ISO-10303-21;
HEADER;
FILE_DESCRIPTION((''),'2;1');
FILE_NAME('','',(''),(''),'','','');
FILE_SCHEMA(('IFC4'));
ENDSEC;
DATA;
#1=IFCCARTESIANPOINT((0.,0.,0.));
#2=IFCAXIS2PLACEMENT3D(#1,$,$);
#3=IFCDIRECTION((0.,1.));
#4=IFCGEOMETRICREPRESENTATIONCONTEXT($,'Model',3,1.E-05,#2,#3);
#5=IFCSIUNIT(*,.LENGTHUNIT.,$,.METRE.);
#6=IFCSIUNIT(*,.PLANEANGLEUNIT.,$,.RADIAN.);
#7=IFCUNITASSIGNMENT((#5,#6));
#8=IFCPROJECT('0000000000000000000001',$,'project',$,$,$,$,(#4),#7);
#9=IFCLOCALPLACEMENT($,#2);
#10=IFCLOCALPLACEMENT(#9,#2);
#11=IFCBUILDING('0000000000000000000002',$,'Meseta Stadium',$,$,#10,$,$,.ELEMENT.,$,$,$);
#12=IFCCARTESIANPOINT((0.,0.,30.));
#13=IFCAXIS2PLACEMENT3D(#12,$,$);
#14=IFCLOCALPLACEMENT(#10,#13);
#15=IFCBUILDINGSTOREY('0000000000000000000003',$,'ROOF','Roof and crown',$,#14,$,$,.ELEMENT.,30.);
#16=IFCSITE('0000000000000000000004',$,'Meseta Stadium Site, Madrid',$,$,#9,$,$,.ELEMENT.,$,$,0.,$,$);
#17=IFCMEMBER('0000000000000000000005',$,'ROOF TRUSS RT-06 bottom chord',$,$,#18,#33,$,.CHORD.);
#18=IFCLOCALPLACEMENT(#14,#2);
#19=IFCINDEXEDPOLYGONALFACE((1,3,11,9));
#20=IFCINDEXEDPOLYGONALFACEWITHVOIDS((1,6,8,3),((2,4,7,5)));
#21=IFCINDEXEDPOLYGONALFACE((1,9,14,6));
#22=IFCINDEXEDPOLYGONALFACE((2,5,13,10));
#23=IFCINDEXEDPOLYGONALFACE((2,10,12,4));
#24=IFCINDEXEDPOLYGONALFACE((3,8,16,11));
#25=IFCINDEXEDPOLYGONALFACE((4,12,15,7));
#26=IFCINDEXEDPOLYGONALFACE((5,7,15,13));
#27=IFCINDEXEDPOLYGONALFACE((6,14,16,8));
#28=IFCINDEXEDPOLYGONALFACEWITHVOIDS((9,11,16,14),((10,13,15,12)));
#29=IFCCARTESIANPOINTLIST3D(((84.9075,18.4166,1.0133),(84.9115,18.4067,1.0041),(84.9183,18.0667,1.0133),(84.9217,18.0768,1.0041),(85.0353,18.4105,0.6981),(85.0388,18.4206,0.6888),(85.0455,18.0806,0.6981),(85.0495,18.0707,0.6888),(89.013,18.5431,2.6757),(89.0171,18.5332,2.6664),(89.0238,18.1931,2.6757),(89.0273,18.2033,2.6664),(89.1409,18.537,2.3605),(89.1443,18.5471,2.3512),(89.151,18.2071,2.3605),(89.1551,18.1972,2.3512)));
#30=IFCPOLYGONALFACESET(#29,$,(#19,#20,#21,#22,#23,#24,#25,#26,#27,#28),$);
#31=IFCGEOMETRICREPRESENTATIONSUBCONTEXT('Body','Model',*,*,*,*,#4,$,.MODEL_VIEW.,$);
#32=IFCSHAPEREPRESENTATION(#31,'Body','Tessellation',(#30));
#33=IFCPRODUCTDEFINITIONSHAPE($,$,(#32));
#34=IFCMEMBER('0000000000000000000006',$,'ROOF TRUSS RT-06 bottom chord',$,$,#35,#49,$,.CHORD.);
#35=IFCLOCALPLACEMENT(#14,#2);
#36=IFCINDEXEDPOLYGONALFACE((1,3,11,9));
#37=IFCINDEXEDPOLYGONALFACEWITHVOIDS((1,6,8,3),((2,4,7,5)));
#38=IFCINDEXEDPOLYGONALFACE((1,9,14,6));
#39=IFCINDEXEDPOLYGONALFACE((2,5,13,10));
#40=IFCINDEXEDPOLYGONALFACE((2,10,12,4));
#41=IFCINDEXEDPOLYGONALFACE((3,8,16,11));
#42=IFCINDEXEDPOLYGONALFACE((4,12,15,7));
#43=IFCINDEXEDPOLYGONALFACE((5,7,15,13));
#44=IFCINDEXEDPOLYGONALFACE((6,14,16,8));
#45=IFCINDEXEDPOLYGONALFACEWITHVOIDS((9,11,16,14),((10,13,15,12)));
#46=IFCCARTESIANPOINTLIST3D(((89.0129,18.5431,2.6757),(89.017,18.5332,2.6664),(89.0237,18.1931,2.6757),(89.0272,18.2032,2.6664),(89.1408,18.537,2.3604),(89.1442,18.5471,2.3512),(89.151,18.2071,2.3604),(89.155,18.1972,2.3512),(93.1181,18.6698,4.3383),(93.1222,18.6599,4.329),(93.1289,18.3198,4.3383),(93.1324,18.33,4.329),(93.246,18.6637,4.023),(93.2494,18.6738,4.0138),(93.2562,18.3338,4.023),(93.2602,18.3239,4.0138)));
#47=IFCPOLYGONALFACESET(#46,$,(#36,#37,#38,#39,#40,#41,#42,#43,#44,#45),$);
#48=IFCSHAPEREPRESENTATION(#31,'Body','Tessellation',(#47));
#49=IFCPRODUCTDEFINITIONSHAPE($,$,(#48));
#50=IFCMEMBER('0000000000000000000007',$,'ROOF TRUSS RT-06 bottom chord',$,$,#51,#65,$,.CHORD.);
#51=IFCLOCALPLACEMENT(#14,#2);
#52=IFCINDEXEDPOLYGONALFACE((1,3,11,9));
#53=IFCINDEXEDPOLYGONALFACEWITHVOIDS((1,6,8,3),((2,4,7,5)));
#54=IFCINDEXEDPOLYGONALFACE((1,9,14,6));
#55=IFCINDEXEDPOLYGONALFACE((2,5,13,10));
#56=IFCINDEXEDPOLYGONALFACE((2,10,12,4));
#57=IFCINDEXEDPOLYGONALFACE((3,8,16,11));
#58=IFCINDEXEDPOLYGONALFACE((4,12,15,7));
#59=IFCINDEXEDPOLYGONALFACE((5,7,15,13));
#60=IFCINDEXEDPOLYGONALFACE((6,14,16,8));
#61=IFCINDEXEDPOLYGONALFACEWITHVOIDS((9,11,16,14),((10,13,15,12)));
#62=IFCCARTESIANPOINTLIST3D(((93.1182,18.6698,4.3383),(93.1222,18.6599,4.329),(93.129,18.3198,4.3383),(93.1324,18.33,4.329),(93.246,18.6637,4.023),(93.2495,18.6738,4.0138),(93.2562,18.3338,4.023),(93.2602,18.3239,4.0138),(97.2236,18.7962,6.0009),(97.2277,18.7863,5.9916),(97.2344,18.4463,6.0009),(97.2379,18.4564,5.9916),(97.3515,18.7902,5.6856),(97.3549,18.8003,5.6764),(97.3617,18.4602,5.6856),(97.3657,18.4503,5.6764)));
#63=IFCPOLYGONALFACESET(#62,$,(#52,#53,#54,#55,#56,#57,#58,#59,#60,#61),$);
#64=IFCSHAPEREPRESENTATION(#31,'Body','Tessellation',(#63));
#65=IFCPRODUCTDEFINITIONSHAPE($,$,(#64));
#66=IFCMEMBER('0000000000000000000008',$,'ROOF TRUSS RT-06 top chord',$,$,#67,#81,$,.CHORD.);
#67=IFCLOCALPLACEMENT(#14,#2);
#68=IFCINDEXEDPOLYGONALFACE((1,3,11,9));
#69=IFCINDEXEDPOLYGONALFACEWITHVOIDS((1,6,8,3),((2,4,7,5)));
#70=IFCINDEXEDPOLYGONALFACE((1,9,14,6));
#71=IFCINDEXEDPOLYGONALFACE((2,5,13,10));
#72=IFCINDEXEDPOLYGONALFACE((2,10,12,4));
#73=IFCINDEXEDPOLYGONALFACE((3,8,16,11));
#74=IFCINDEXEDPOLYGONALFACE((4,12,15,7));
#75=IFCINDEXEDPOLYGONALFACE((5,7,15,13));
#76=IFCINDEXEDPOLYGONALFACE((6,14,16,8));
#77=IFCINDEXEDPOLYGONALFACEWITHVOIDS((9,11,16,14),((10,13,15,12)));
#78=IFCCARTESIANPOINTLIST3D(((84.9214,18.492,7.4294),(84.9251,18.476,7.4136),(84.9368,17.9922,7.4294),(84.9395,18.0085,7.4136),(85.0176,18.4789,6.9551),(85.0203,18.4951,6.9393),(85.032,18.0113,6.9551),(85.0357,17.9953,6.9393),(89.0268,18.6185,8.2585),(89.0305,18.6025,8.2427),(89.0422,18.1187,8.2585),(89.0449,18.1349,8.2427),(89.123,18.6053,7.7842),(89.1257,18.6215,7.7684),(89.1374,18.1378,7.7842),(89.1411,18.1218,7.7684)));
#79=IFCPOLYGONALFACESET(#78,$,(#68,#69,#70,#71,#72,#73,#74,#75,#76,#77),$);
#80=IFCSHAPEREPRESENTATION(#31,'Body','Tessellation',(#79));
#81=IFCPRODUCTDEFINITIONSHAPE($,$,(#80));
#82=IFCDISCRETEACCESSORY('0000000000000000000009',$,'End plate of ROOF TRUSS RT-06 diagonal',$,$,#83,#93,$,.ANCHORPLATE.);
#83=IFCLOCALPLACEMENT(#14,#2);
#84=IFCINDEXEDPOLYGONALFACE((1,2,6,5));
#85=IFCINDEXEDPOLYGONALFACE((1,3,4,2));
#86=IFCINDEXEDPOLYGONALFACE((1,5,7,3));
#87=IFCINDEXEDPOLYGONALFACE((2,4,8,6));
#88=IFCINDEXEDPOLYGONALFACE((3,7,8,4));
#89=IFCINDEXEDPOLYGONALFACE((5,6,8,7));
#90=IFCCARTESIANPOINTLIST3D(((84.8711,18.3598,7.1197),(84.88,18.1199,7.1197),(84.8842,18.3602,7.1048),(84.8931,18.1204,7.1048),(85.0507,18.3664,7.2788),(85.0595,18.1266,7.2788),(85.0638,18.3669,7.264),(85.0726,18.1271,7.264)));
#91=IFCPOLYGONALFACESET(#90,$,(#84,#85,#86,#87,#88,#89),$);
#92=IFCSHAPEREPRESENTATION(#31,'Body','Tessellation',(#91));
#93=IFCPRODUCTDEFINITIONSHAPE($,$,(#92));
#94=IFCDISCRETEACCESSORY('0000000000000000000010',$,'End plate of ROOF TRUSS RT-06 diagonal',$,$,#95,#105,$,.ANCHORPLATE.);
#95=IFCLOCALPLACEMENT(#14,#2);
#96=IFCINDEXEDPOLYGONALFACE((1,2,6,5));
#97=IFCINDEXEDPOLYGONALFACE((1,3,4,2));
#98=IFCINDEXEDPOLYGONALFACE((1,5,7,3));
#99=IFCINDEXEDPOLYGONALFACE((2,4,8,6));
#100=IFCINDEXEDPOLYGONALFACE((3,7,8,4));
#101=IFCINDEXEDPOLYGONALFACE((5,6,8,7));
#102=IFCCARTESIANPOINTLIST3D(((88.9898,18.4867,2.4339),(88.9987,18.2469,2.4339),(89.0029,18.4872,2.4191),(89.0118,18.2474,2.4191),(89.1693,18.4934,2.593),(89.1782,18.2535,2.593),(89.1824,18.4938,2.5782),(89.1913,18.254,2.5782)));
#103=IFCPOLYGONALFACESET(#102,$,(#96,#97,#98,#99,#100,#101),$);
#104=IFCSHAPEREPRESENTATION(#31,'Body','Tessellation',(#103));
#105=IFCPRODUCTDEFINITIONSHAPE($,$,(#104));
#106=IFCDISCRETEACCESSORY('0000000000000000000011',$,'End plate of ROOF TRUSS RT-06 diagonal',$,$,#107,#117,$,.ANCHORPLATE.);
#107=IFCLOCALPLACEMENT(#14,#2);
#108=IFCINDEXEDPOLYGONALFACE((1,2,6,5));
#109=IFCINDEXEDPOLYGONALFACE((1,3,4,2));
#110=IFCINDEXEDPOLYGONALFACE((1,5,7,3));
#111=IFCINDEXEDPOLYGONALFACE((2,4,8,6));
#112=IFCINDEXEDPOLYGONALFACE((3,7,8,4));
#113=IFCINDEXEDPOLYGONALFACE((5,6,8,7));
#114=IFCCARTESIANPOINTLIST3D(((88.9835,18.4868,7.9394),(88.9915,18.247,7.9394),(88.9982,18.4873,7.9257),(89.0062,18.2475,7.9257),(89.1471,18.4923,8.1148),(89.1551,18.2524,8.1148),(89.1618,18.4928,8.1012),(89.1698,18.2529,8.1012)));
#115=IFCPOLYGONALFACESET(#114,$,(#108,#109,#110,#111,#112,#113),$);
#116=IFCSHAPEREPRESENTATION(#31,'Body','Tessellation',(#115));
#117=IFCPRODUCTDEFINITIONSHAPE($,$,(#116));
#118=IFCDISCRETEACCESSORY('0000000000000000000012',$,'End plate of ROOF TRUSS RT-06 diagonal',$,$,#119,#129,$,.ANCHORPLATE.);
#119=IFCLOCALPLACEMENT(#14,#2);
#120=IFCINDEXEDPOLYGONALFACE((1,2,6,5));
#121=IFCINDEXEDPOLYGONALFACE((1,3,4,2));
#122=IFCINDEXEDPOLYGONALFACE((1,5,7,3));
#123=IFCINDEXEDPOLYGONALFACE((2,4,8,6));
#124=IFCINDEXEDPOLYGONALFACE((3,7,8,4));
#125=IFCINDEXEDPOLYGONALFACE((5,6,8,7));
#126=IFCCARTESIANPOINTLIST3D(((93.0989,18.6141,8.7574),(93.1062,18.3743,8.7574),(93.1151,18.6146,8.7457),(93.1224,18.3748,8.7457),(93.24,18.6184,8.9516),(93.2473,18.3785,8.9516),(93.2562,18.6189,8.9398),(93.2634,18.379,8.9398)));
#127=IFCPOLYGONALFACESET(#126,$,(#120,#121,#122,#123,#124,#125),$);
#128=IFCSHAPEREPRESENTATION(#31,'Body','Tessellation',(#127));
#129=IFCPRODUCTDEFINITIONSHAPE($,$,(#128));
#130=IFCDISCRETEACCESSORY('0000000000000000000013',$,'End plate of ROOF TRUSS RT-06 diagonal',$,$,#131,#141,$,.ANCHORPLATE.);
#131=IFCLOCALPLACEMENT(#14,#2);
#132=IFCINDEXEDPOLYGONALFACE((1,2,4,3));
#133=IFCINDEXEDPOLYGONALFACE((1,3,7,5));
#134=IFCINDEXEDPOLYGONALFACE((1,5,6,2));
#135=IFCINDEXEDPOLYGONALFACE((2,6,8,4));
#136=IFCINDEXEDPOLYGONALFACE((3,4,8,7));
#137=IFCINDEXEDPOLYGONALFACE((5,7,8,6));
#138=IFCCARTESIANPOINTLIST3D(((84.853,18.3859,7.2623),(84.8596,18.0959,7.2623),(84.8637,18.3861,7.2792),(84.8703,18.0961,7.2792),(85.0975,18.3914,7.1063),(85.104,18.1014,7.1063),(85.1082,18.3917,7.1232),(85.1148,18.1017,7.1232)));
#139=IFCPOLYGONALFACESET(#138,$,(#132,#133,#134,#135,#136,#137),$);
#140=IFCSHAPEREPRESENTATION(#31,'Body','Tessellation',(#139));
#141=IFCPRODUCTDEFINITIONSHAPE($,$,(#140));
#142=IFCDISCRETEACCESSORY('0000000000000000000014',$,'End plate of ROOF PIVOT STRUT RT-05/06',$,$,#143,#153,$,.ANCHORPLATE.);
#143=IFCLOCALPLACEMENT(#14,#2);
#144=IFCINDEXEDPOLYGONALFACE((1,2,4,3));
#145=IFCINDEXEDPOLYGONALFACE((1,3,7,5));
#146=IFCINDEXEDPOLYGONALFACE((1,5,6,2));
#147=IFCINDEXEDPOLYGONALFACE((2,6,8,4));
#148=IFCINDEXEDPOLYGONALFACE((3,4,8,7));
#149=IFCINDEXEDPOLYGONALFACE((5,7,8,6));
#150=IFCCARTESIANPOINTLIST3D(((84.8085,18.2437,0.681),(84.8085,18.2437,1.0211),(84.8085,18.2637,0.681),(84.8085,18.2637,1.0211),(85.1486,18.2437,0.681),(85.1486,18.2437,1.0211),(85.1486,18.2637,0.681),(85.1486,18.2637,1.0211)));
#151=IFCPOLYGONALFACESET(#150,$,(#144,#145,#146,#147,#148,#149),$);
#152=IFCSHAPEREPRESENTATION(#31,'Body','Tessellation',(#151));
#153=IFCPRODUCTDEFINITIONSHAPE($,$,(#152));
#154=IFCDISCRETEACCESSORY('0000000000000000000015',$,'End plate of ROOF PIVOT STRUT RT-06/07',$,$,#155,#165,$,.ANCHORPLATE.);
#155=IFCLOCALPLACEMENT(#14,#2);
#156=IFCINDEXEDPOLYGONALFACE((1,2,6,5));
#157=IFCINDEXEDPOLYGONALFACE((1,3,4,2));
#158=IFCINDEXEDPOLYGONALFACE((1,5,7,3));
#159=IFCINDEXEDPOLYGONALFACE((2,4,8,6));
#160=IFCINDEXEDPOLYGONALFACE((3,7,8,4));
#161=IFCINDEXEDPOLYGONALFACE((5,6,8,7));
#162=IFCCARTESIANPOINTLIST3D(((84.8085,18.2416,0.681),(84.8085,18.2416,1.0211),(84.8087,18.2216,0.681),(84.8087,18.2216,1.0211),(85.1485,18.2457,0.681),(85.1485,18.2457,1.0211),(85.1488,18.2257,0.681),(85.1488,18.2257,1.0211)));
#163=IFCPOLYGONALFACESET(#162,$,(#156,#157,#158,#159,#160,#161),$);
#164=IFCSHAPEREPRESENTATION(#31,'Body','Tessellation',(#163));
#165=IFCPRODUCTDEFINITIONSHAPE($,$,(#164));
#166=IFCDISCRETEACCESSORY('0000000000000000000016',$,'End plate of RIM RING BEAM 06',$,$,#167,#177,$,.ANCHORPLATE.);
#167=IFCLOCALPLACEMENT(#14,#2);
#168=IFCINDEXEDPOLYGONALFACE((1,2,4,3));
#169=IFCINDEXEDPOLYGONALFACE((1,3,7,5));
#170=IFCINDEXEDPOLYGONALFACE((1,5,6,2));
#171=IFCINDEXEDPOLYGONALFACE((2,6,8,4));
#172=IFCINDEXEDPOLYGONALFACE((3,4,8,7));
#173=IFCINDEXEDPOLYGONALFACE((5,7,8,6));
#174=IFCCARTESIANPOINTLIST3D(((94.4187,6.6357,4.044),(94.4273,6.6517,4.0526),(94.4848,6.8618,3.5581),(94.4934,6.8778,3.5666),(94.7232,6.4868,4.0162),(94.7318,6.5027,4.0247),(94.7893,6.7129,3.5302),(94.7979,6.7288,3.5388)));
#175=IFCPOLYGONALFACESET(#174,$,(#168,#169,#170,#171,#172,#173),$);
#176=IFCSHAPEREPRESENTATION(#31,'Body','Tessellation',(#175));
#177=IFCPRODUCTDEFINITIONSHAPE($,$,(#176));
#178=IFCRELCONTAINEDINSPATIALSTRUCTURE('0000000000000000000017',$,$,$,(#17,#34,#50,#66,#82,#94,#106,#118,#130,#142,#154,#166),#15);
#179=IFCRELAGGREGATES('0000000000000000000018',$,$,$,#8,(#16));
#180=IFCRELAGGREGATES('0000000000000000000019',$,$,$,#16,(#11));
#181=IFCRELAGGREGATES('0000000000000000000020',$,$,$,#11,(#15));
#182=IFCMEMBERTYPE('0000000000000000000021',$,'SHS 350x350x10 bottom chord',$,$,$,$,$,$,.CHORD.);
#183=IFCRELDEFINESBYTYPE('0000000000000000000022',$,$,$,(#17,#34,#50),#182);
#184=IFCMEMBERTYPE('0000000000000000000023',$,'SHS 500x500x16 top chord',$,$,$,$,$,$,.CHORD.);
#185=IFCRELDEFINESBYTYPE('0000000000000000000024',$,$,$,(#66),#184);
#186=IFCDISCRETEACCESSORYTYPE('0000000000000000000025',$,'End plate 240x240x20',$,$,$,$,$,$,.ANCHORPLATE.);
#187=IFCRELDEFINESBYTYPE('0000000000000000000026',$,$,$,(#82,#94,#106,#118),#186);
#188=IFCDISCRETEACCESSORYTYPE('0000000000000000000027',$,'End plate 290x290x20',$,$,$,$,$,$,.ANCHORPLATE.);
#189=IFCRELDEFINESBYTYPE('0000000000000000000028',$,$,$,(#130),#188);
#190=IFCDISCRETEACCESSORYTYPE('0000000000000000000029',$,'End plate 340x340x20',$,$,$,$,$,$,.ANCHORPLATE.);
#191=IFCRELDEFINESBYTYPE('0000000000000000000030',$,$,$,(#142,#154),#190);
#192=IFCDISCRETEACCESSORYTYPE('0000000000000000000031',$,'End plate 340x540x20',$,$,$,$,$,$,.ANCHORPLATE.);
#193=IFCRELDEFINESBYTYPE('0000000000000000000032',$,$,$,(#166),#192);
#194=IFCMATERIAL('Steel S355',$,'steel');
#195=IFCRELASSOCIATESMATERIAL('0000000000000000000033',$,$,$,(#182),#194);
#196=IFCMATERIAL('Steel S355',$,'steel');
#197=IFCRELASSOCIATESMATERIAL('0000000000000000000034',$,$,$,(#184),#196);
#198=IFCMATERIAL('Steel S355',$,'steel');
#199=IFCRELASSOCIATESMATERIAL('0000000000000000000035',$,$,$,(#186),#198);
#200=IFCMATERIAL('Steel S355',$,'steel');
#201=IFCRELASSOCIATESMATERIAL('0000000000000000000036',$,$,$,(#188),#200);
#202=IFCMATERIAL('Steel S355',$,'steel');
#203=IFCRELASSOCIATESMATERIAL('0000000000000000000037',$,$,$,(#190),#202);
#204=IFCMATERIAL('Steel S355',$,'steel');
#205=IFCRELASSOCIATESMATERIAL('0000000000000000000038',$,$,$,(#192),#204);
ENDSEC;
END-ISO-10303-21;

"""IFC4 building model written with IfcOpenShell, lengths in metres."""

from ifc_helpers import new_model, si_unit, direction, frame, origin, origin_2d, place, context, subcontext, project, spatial, rectangle, hollow_rectangle, extrude, material, material_profile, profile_set, type_object, element, save


model = new_model("IFC4")

# Units and contexts
model_context = context("Model", 3, precision=1e-05, world=origin(), true_north=direction((0.0, 1.0)))
body_context = subcontext(model_context, "Body", "Model", "MODEL_VIEW")
ifc_project = project(units=[si_unit("LENGTHUNIT", "METRE"), si_unit("PLANEANGLEUNIT", "RADIAN")], contexts=[model_context])

# Site, building, storey
site_placement = place(None, origin())
site = spatial("IfcSite", under=ifc_project, at=site_placement, Name="Meseta Stadium Site, Madrid", CompositionType="ELEMENT", RefElevation=0.0)
building_placement = place(site_placement, origin())
building = spatial("IfcBuilding", under=site, at=building_placement, Name="Meseta Stadium", CompositionType="ELEMENT")
storey_placement = place(building_placement, frame((0.0, 0.0, 30.0)))
storey = spatial("IfcBuildingStorey", under=building, at=storey_placement, Name="ROOF", Description="Roof and crown", CompositionType="ELEMENT", Elevation=30.0)

# Members
ifc_material_1 = material(Name="Steel S355", Category="steel")
ifc_material_profile_1 = material_profile(ifc_material_1, hollow_rectangle(XDim=0.3501, YDim=0.3501, WallThickness=0.01, at=origin_2d()), Name="SHS 350x350x10")
ifc_profile_set_1 = profile_set([ifc_material_profile_1], Name="Steel S355")
member_type_1 = type_object("IfcMemberType", Name="SHS 350x350x10 bottom chord", PredefinedType="CHORD", material=ifc_profile_set_1)
member_1_placement = place(storey_placement, frame((84.9785, 18.2437, 0.8511), z_axis=(0.926521, 0.028541, 0.375159), x_axis=(-0.030789, 0.999526, 0.0)))
element("IfcMember", 1, at=member_1_placement, inside=storey, type_object=member_type_1, Name="ROOF TRUSS RT-06 bottom chord", PredefinedType="CHORD", context=body_context, shape_type="SweptSolid", body=[
    extrude(hollow_rectangle(XDim=0.3501, YDim=0.3501, WallThickness=0.01, at=origin_2d()), origin(), (0.0, 0.0, 1.0), 4.4312),
])
member_2_placement = place(storey_placement, frame((89.084, 18.3701, 2.5134), z_axis=(0.926492, 0.028596, 0.375225), x_axis=(-0.030851, 0.999524, 0.0)))
element("IfcMember", 2, at=member_2_placement, inside=storey, type_object=member_type_1, Name="ROOF TRUSS RT-06 bottom chord", PredefinedType="CHORD", context=body_context, shape_type="SweptSolid", body=[
    extrude(hollow_rectangle(XDim=0.3501, YDim=0.3501, WallThickness=0.01, at=origin_2d()), origin(), (0.0, 0.0, 1.0), 4.4309),
])
member_3_placement = place(storey_placement, frame((93.1892, 18.4968, 4.176), z_axis=(0.926502, 0.02854, 0.375207), x_axis=(-0.030789, 0.999526, 0.0)))
element("IfcMember", 3, at=member_3_placement, inside=storey, type_object=member_type_1, Name="ROOF TRUSS RT-06 bottom chord", PredefinedType="CHORD", context=body_context, shape_type="SweptSolid", body=[
    extrude(hollow_rectangle(XDim=0.3501, YDim=0.3501, WallThickness=0.01, at=origin_2d()), origin(), (0.0, 0.0, 1.0), 4.4312),
])
ifc_material_2 = material(Name="Steel S355", Category="steel")
ifc_material_profile_2 = material_profile(ifc_material_2, hollow_rectangle(XDim=0.5, YDim=0.5, WallThickness=0.0161, at=origin_2d()), Name="SHS 500x500x16")
ifc_profile_set_2 = profile_set([ifc_material_profile_2], Name="Steel S355")
member_type_2 = type_object("IfcMemberType", Name="SHS 500x500x16 top chord", PredefinedType="CHORD", material=ifc_profile_set_2)
member_4_placement = place(storey_placement, frame((84.9785, 18.2437, 7.1843), z_axis=(0.979765, 0.030181, 0.197864), x_axis=(-0.030789, 0.999526, 0.0)))
element("IfcMember", 4, at=member_4_placement, inside=storey, type_object=member_type_2, Name="ROOF TRUSS RT-06 top chord", PredefinedType="CHORD", context=body_context, shape_type="SweptSolid", body=[
    extrude(hollow_rectangle(XDim=0.5, YDim=0.5, WallThickness=0.0161, at=origin_2d()), origin(), (0.0, 0.0, 1.0), 4.1902),
])

# Discrete accessories
ifc_material_3 = material(Name="Steel S355", Category="steel")
ifc_material_profile_3 = material_profile(ifc_material_3, rectangle(XDim=0.24, YDim=0.24, at=origin_2d()), Name="PL 240x240")
ifc_profile_set_3 = profile_set([ifc_material_profile_3], Name="Steel S355")
discrete_accessory_type_1 = type_object("IfcDiscreteAccessoryType", Name="End plate 240x240x20", PredefinedType="ANCHORPLATE", material=ifc_profile_set_3)
for number, where, z_axis, x_axis, name in (
    (5, (84.9653, 18.2432, 7.1992), (0.662639, 0.024542, -0.748537), (-0.037012, 0.999315, 0.0), "End plate of ROOF TRUSS RT-06 diagonal"),
    (6, (89.084, 18.3701, 2.5134), (0.662639, 0.024542, -0.748537), (-0.037012, 0.999315, 0.0), "End plate of ROOF TRUSS RT-06 diagonal"),
):
    element("IfcDiscreteAccessory", number, at=place(storey_placement, frame(where, z_axis=z_axis, x_axis=x_axis)), inside=storey, type_object=discrete_accessory_type_1, Name=name, PredefinedType="ANCHORPLATE", context=body_context, shape_type="SweptSolid", body=[
        extrude(rectangle(XDim=0.24, YDim=0.24, at=origin_2d()), origin(), (0.0, 0.0, 1.0), 0.0198),
    ])
for number, where, z_axis, x_axis, name in (
    (7, (89.0693, 18.3696, 8.0271), (0.730838, 0.024361, -0.682116), (-0.033315, 0.999445, 0.0), "End plate of ROOF TRUSS RT-06 diagonal"),
    (8, (93.1731, 18.4963, 8.8545), (0.808493, 0.0245, -0.587995), (-0.030289, 0.999541, 0.0), "End plate of ROOF TRUSS RT-06 diagonal"),
):
    element("IfcDiscreteAccessory", number, at=place(storey_placement, frame(where, z_axis=z_axis, x_axis=x_axis)), inside=storey, type_object=discrete_accessory_type_1, Name=name, PredefinedType="ANCHORPLATE", context=body_context, shape_type="SweptSolid", body=[
        extrude(rectangle(XDim=0.24, YDim=0.24, at=origin_2d()), origin(), (0.0, 0.0, 1.0), 0.02),
    ])
ifc_material_4 = material(Name="Steel S355", Category="steel")
ifc_material_profile_4 = material_profile(ifc_material_4, rectangle(XDim=0.29, YDim=0.29, at=origin_2d()), Name="PL 290x290")
ifc_profile_set_4 = profile_set([ifc_material_profile_4], Name="Steel S355")
discrete_accessory_type_2 = type_object("IfcDiscreteAccessoryType", Name="End plate 290x290x20", PredefinedType="ANCHORPLATE", material=ifc_profile_set_4)
discrete_accessory_1_placement = place(storey_placement, frame((84.9785, 18.2437, 7.1843), z_axis=(0.537626, 0.012219, 0.843095), x_axis=(-0.022721, 0.999742, 0.0)))
element("IfcDiscreteAccessory", 9, at=discrete_accessory_1_placement, inside=storey, type_object=discrete_accessory_type_2, Name="End plate of ROOF TRUSS RT-06 diagonal", PredefinedType="ANCHORPLATE", context=body_context, shape_type="SweptSolid", body=[
    extrude(rectangle(XDim=0.29, YDim=0.29, at=origin_2d()), origin(), (0.0, 0.0, 1.0), 0.02),
])
ifc_material_5 = material(Name="Steel S355", Category="steel")
ifc_material_profile_5 = material_profile(ifc_material_5, rectangle(XDim=0.3401, YDim=0.3401, at=origin_2d()), Name="PL 340x340")
ifc_profile_set_5 = profile_set([ifc_material_profile_5], Name="Steel S355")
discrete_accessory_type_3 = type_object("IfcDiscreteAccessoryType", Name="End plate 340x340x20", PredefinedType="ANCHORPLATE", material=ifc_profile_set_5)
for number, where, z_axis, x_axis, name in (
    (10, (84.9785, 18.2437, 0.8511), (0.0, 1.0, 0.0), (-1.0, 0.0, 0.0), "End plate of ROOF PIVOT STRUT RT-05/06"),
    (11, (84.9788, 18.2236, 0.8511), (-0.012194, 0.999926, 0.0), (-0.999926, -0.012194, 0.0), "End plate of ROOF PIVOT STRUT RT-06/07"),
):
    element("IfcDiscreteAccessory", number, at=place(storey_placement, frame(where, z_axis=z_axis, x_axis=x_axis)), inside=storey, type_object=discrete_accessory_type_3, Name=name, PredefinedType="ANCHORPLATE", context=body_context, shape_type="SweptSolid", body=[
        extrude(rectangle(XDim=0.3401, YDim=0.3401, at=origin_2d()), origin(), (0.0, 0.0, 1.0), 0.02),
    ])
ifc_material_6 = material(Name="Steel S355", Category="steel")
ifc_material_profile_6 = material_profile(ifc_material_6, rectangle(XDim=0.3401, YDim=0.54, at=origin_2d()), Name="PL 340x540")
ifc_profile_set_6 = profile_set([ifc_material_profile_6], Name="Steel S355")
discrete_accessory_type_4 = type_object("IfcDiscreteAccessoryType", Name="End plate 340x540x20", PredefinedType="ANCHORPLATE", material=ifc_profile_set_6)
discrete_accessory_2_placement = place(storey_placement, frame((94.604, 6.6743, 3.7871), z_axis=(0.428393, 0.795587, 0.428393), x_axis=(-0.895267, 0.437923, 0.081982)))
element("IfcDiscreteAccessory", 12, at=discrete_accessory_2_placement, inside=storey, type_object=discrete_accessory_type_4, Name="End plate of RIM RING BEAM 06", PredefinedType="ANCHORPLATE", context=body_context, shape_type="SweptSolid", body=[
    extrude(rectangle(XDim=0.3401, YDim=0.54, at=origin_2d()), origin(), (0.0, 0.0, 1.0), 0.02),
])

save(model, "model.ifc")
